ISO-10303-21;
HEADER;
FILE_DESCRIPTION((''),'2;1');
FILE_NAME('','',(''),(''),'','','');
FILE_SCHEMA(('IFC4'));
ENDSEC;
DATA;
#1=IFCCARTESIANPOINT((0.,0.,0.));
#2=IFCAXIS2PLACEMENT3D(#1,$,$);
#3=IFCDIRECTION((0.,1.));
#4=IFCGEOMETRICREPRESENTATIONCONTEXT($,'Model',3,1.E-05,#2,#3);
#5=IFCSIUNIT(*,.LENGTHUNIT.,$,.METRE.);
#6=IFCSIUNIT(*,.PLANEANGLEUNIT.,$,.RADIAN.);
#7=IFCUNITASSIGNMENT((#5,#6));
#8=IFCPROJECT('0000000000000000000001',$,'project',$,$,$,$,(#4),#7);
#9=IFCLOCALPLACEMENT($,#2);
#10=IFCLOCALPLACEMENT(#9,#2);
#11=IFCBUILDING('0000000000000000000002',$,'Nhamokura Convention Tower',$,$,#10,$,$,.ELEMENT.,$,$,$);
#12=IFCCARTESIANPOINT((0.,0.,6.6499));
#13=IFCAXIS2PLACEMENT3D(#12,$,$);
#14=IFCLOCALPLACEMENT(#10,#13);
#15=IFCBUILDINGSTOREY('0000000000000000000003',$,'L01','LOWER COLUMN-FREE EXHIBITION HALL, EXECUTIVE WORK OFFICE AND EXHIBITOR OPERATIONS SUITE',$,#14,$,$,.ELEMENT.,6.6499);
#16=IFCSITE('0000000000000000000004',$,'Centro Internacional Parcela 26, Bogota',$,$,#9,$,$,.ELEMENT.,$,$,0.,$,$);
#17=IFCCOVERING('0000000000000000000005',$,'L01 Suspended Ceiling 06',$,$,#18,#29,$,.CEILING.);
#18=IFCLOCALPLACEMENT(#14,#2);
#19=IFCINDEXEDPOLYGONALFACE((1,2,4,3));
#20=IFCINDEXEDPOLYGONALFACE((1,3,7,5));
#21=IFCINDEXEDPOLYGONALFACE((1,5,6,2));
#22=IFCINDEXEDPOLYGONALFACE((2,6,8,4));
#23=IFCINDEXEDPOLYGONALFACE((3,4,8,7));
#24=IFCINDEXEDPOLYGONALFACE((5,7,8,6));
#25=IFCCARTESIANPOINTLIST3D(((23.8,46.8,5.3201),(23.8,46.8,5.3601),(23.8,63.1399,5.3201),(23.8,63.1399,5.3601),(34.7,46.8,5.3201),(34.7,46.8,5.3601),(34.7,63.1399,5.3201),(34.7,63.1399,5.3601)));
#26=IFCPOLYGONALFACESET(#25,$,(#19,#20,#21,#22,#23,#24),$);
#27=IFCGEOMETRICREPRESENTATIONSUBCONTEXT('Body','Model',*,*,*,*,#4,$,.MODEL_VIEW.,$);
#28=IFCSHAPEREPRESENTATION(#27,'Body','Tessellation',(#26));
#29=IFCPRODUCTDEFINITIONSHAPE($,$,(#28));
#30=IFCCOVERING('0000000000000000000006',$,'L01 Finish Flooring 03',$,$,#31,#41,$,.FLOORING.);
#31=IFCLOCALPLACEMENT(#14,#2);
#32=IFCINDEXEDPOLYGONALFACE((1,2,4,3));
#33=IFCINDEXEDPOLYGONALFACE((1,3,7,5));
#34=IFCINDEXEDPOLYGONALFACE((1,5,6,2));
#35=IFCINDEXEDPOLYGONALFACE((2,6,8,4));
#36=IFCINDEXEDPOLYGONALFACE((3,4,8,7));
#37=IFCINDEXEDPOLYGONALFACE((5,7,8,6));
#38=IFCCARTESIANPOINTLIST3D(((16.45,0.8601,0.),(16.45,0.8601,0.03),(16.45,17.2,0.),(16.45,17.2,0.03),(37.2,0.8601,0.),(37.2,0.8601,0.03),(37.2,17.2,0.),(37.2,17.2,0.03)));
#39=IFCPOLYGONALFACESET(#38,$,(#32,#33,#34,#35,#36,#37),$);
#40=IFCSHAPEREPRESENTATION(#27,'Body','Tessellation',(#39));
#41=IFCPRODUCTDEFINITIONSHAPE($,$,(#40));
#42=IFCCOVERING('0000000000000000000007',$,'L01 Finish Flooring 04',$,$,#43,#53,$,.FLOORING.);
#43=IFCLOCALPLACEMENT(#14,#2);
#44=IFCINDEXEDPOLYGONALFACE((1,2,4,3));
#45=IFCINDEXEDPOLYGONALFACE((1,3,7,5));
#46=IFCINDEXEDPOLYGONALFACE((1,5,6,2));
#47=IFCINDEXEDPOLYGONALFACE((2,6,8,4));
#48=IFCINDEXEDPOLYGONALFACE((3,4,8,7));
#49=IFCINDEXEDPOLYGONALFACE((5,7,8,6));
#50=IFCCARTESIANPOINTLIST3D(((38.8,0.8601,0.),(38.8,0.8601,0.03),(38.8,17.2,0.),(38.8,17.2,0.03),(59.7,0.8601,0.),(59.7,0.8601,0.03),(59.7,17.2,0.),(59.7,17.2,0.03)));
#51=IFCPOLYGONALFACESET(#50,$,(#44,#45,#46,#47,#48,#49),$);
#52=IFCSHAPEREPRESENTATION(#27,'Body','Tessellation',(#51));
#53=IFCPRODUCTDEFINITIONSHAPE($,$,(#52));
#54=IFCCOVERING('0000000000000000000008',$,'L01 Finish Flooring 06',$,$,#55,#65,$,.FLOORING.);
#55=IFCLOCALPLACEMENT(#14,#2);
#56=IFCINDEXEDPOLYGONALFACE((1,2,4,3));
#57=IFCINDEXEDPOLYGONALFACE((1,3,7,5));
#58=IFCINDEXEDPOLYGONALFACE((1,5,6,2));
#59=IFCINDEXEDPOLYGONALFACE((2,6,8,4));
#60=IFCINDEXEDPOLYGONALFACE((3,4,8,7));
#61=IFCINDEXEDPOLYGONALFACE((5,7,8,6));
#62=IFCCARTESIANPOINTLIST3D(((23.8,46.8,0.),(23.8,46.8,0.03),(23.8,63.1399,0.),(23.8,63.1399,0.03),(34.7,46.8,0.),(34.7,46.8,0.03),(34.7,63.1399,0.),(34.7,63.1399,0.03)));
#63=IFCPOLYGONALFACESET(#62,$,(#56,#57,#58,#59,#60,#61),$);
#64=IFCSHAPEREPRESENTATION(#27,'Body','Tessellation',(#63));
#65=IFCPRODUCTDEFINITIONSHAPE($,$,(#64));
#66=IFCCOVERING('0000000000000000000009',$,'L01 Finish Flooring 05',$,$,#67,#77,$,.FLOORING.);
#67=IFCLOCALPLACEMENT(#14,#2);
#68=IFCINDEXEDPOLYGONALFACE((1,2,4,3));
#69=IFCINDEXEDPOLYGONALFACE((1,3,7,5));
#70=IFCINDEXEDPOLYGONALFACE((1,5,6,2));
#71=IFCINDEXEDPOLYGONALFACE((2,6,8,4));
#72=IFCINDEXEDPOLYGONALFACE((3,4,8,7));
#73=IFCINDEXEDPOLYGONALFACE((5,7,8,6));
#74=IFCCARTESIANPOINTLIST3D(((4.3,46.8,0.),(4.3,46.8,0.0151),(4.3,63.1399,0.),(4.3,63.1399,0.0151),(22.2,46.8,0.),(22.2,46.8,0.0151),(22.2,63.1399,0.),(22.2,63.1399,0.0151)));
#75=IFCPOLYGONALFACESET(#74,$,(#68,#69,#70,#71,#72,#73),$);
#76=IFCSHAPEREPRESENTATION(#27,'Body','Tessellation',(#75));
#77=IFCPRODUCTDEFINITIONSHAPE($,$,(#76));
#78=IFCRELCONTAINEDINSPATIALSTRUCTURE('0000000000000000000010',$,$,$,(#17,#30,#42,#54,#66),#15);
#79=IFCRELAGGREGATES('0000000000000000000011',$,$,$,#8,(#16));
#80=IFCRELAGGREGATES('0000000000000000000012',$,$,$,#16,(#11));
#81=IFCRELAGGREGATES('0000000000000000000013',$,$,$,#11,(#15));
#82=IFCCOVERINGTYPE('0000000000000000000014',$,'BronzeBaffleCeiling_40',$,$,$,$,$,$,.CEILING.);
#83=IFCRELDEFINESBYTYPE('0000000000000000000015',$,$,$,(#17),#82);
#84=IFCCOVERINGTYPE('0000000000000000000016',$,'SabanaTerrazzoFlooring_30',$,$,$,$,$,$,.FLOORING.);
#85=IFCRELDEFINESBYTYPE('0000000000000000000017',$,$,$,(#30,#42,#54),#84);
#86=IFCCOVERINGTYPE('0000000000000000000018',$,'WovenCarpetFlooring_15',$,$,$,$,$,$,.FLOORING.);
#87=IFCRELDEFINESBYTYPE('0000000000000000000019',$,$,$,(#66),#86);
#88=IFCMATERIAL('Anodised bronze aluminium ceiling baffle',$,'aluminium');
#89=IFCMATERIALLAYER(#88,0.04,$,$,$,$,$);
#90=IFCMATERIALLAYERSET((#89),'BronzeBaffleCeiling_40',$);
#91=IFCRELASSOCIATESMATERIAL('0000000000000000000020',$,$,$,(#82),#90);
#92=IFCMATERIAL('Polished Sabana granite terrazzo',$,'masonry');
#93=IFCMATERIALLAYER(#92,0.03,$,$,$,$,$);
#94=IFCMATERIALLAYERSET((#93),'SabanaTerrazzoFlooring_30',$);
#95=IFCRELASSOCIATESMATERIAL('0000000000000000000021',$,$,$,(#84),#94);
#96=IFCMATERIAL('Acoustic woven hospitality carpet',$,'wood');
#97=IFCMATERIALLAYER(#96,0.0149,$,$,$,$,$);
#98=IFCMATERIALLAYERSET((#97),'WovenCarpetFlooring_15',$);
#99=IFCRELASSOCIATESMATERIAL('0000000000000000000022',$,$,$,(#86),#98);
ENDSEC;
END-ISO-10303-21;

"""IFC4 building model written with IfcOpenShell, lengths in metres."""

from ifc_helpers import new_model, si_unit, direction, frame, origin, place, context, subcontext, project, spatial, polyline, outline, extrude, material, layer, layer_set, type_object, element, save


model = new_model("IFC4")

# Units and contexts
model_context = context("Model", 3, precision=1e-05, world=origin(), true_north=direction((0.0, 1.0)))
body_context = subcontext(model_context, "Body", "Model", "MODEL_VIEW")
ifc_project = project(units=[si_unit("LENGTHUNIT", "METRE"), si_unit("PLANEANGLEUNIT", "RADIAN")], contexts=[model_context])

# Site, building, storey
site_placement = place(None, origin())
site = spatial("IfcSite", under=ifc_project, at=site_placement, Name="Centro Internacional Parcela 26, Bogota", CompositionType="ELEMENT", RefElevation=0.0)
building_placement = place(site_placement, origin())
building = spatial("IfcBuilding", under=site, at=building_placement, Name="Nhamokura Convention Tower", CompositionType="ELEMENT")
storey_placement = place(building_placement, frame((0.0, 0.0, 6.6499)))
storey = spatial("IfcBuildingStorey", under=building, at=storey_placement, Name="L01", Description="LOWER COLUMN-FREE EXHIBITION HALL, EXECUTIVE WORK OFFICE AND EXHIBITOR OPERATIONS SUITE", CompositionType="ELEMENT", Elevation=6.6499)

# Coverings
ifc_material_1 = material(Name="Anodised bronze aluminium ceiling baffle", Category="aluminium")
ifc_layer_1 = layer(ifc_material_1, 0.04)
ifc_layer_set_1 = layer_set([ifc_layer_1], Name="BronzeBaffleCeiling_40")
covering_type_1 = type_object("IfcCoveringType", Name="BronzeBaffleCeiling_40", PredefinedType="CEILING", material=ifc_layer_set_1)
covering_1_placement = place(storey_placement, frame((0.0, 0.0, 5.3201)))
element("IfcCovering", 1, at=covering_1_placement, inside=storey, type_object=covering_type_1, Name="L01 Suspended Ceiling 06", PredefinedType="CEILING", context=body_context, shape_type="SweptSolid", body=[
    extrude(outline(polyline([(23.8, 46.8), (34.7, 46.8), (34.7, 63.1399), (23.8, 63.1399), (23.8, 46.8)])), origin(), (0.0, 0.0, 1.0), 0.04),
])
ifc_material_2 = material(Name="Polished Sabana granite terrazzo", Category="masonry")
ifc_layer_2 = layer(ifc_material_2, 0.03)
ifc_layer_set_2 = layer_set([ifc_layer_2], Name="SabanaTerrazzoFlooring_30")
covering_type_2 = type_object("IfcCoveringType", Name="SabanaTerrazzoFlooring_30", PredefinedType="FLOORING", material=ifc_layer_set_2)
covering_2_placement = place(storey_placement, origin())
element("IfcCovering", 2, at=covering_2_placement, inside=storey, type_object=covering_type_2, Name="L01 Finish Flooring 03", PredefinedType="FLOORING", context=body_context, shape_type="SweptSolid", body=[
    extrude(outline(polyline([(16.45, 0.8601), (37.2, 0.8601), (37.2, 17.2), (16.45, 17.2), (16.45, 0.8601)])), origin(), (0.0, 0.0, 1.0), 0.03),
])
covering_3_placement = place(storey_placement, origin())
element("IfcCovering", 3, at=covering_3_placement, inside=storey, type_object=covering_type_2, Name="L01 Finish Flooring 04", PredefinedType="FLOORING", context=body_context, shape_type="SweptSolid", body=[
    extrude(outline(polyline([(38.8, 0.8601), (59.7, 0.8601), (59.7, 17.2), (38.8, 17.2), (38.8, 0.8601)])), origin(), (0.0, 0.0, 1.0), 0.03),
])
covering_4_placement = place(storey_placement, origin())
element("IfcCovering", 4, at=covering_4_placement, inside=storey, type_object=covering_type_2, Name="L01 Finish Flooring 06", PredefinedType="FLOORING", context=body_context, shape_type="SweptSolid", body=[
    extrude(outline(polyline([(23.8, 46.8), (34.7, 46.8), (34.7, 63.1399), (23.8, 63.1399), (23.8, 46.8)])), origin(), (0.0, 0.0, 1.0), 0.03),
])
ifc_material_3 = material(Name="Acoustic woven hospitality carpet", Category="wood")
ifc_layer_3 = layer(ifc_material_3, 0.0149)
ifc_layer_set_3 = layer_set([ifc_layer_3], Name="WovenCarpetFlooring_15")
covering_type_3 = type_object("IfcCoveringType", Name="WovenCarpetFlooring_15", PredefinedType="FLOORING", material=ifc_layer_set_3)
covering_5_placement = place(storey_placement, origin())
element("IfcCovering", 5, at=covering_5_placement, inside=storey, type_object=covering_type_3, Name="L01 Finish Flooring 05", PredefinedType="FLOORING", context=body_context, shape_type="SweptSolid", body=[
    extrude(outline(polyline([(4.3, 46.8), (22.2, 46.8), (22.2, 63.1399), (4.3, 63.1399), (4.3, 46.8)])), origin(), (0.0, 0.0, 1.0), 0.0151),
])

save(model, "model.ifc")
